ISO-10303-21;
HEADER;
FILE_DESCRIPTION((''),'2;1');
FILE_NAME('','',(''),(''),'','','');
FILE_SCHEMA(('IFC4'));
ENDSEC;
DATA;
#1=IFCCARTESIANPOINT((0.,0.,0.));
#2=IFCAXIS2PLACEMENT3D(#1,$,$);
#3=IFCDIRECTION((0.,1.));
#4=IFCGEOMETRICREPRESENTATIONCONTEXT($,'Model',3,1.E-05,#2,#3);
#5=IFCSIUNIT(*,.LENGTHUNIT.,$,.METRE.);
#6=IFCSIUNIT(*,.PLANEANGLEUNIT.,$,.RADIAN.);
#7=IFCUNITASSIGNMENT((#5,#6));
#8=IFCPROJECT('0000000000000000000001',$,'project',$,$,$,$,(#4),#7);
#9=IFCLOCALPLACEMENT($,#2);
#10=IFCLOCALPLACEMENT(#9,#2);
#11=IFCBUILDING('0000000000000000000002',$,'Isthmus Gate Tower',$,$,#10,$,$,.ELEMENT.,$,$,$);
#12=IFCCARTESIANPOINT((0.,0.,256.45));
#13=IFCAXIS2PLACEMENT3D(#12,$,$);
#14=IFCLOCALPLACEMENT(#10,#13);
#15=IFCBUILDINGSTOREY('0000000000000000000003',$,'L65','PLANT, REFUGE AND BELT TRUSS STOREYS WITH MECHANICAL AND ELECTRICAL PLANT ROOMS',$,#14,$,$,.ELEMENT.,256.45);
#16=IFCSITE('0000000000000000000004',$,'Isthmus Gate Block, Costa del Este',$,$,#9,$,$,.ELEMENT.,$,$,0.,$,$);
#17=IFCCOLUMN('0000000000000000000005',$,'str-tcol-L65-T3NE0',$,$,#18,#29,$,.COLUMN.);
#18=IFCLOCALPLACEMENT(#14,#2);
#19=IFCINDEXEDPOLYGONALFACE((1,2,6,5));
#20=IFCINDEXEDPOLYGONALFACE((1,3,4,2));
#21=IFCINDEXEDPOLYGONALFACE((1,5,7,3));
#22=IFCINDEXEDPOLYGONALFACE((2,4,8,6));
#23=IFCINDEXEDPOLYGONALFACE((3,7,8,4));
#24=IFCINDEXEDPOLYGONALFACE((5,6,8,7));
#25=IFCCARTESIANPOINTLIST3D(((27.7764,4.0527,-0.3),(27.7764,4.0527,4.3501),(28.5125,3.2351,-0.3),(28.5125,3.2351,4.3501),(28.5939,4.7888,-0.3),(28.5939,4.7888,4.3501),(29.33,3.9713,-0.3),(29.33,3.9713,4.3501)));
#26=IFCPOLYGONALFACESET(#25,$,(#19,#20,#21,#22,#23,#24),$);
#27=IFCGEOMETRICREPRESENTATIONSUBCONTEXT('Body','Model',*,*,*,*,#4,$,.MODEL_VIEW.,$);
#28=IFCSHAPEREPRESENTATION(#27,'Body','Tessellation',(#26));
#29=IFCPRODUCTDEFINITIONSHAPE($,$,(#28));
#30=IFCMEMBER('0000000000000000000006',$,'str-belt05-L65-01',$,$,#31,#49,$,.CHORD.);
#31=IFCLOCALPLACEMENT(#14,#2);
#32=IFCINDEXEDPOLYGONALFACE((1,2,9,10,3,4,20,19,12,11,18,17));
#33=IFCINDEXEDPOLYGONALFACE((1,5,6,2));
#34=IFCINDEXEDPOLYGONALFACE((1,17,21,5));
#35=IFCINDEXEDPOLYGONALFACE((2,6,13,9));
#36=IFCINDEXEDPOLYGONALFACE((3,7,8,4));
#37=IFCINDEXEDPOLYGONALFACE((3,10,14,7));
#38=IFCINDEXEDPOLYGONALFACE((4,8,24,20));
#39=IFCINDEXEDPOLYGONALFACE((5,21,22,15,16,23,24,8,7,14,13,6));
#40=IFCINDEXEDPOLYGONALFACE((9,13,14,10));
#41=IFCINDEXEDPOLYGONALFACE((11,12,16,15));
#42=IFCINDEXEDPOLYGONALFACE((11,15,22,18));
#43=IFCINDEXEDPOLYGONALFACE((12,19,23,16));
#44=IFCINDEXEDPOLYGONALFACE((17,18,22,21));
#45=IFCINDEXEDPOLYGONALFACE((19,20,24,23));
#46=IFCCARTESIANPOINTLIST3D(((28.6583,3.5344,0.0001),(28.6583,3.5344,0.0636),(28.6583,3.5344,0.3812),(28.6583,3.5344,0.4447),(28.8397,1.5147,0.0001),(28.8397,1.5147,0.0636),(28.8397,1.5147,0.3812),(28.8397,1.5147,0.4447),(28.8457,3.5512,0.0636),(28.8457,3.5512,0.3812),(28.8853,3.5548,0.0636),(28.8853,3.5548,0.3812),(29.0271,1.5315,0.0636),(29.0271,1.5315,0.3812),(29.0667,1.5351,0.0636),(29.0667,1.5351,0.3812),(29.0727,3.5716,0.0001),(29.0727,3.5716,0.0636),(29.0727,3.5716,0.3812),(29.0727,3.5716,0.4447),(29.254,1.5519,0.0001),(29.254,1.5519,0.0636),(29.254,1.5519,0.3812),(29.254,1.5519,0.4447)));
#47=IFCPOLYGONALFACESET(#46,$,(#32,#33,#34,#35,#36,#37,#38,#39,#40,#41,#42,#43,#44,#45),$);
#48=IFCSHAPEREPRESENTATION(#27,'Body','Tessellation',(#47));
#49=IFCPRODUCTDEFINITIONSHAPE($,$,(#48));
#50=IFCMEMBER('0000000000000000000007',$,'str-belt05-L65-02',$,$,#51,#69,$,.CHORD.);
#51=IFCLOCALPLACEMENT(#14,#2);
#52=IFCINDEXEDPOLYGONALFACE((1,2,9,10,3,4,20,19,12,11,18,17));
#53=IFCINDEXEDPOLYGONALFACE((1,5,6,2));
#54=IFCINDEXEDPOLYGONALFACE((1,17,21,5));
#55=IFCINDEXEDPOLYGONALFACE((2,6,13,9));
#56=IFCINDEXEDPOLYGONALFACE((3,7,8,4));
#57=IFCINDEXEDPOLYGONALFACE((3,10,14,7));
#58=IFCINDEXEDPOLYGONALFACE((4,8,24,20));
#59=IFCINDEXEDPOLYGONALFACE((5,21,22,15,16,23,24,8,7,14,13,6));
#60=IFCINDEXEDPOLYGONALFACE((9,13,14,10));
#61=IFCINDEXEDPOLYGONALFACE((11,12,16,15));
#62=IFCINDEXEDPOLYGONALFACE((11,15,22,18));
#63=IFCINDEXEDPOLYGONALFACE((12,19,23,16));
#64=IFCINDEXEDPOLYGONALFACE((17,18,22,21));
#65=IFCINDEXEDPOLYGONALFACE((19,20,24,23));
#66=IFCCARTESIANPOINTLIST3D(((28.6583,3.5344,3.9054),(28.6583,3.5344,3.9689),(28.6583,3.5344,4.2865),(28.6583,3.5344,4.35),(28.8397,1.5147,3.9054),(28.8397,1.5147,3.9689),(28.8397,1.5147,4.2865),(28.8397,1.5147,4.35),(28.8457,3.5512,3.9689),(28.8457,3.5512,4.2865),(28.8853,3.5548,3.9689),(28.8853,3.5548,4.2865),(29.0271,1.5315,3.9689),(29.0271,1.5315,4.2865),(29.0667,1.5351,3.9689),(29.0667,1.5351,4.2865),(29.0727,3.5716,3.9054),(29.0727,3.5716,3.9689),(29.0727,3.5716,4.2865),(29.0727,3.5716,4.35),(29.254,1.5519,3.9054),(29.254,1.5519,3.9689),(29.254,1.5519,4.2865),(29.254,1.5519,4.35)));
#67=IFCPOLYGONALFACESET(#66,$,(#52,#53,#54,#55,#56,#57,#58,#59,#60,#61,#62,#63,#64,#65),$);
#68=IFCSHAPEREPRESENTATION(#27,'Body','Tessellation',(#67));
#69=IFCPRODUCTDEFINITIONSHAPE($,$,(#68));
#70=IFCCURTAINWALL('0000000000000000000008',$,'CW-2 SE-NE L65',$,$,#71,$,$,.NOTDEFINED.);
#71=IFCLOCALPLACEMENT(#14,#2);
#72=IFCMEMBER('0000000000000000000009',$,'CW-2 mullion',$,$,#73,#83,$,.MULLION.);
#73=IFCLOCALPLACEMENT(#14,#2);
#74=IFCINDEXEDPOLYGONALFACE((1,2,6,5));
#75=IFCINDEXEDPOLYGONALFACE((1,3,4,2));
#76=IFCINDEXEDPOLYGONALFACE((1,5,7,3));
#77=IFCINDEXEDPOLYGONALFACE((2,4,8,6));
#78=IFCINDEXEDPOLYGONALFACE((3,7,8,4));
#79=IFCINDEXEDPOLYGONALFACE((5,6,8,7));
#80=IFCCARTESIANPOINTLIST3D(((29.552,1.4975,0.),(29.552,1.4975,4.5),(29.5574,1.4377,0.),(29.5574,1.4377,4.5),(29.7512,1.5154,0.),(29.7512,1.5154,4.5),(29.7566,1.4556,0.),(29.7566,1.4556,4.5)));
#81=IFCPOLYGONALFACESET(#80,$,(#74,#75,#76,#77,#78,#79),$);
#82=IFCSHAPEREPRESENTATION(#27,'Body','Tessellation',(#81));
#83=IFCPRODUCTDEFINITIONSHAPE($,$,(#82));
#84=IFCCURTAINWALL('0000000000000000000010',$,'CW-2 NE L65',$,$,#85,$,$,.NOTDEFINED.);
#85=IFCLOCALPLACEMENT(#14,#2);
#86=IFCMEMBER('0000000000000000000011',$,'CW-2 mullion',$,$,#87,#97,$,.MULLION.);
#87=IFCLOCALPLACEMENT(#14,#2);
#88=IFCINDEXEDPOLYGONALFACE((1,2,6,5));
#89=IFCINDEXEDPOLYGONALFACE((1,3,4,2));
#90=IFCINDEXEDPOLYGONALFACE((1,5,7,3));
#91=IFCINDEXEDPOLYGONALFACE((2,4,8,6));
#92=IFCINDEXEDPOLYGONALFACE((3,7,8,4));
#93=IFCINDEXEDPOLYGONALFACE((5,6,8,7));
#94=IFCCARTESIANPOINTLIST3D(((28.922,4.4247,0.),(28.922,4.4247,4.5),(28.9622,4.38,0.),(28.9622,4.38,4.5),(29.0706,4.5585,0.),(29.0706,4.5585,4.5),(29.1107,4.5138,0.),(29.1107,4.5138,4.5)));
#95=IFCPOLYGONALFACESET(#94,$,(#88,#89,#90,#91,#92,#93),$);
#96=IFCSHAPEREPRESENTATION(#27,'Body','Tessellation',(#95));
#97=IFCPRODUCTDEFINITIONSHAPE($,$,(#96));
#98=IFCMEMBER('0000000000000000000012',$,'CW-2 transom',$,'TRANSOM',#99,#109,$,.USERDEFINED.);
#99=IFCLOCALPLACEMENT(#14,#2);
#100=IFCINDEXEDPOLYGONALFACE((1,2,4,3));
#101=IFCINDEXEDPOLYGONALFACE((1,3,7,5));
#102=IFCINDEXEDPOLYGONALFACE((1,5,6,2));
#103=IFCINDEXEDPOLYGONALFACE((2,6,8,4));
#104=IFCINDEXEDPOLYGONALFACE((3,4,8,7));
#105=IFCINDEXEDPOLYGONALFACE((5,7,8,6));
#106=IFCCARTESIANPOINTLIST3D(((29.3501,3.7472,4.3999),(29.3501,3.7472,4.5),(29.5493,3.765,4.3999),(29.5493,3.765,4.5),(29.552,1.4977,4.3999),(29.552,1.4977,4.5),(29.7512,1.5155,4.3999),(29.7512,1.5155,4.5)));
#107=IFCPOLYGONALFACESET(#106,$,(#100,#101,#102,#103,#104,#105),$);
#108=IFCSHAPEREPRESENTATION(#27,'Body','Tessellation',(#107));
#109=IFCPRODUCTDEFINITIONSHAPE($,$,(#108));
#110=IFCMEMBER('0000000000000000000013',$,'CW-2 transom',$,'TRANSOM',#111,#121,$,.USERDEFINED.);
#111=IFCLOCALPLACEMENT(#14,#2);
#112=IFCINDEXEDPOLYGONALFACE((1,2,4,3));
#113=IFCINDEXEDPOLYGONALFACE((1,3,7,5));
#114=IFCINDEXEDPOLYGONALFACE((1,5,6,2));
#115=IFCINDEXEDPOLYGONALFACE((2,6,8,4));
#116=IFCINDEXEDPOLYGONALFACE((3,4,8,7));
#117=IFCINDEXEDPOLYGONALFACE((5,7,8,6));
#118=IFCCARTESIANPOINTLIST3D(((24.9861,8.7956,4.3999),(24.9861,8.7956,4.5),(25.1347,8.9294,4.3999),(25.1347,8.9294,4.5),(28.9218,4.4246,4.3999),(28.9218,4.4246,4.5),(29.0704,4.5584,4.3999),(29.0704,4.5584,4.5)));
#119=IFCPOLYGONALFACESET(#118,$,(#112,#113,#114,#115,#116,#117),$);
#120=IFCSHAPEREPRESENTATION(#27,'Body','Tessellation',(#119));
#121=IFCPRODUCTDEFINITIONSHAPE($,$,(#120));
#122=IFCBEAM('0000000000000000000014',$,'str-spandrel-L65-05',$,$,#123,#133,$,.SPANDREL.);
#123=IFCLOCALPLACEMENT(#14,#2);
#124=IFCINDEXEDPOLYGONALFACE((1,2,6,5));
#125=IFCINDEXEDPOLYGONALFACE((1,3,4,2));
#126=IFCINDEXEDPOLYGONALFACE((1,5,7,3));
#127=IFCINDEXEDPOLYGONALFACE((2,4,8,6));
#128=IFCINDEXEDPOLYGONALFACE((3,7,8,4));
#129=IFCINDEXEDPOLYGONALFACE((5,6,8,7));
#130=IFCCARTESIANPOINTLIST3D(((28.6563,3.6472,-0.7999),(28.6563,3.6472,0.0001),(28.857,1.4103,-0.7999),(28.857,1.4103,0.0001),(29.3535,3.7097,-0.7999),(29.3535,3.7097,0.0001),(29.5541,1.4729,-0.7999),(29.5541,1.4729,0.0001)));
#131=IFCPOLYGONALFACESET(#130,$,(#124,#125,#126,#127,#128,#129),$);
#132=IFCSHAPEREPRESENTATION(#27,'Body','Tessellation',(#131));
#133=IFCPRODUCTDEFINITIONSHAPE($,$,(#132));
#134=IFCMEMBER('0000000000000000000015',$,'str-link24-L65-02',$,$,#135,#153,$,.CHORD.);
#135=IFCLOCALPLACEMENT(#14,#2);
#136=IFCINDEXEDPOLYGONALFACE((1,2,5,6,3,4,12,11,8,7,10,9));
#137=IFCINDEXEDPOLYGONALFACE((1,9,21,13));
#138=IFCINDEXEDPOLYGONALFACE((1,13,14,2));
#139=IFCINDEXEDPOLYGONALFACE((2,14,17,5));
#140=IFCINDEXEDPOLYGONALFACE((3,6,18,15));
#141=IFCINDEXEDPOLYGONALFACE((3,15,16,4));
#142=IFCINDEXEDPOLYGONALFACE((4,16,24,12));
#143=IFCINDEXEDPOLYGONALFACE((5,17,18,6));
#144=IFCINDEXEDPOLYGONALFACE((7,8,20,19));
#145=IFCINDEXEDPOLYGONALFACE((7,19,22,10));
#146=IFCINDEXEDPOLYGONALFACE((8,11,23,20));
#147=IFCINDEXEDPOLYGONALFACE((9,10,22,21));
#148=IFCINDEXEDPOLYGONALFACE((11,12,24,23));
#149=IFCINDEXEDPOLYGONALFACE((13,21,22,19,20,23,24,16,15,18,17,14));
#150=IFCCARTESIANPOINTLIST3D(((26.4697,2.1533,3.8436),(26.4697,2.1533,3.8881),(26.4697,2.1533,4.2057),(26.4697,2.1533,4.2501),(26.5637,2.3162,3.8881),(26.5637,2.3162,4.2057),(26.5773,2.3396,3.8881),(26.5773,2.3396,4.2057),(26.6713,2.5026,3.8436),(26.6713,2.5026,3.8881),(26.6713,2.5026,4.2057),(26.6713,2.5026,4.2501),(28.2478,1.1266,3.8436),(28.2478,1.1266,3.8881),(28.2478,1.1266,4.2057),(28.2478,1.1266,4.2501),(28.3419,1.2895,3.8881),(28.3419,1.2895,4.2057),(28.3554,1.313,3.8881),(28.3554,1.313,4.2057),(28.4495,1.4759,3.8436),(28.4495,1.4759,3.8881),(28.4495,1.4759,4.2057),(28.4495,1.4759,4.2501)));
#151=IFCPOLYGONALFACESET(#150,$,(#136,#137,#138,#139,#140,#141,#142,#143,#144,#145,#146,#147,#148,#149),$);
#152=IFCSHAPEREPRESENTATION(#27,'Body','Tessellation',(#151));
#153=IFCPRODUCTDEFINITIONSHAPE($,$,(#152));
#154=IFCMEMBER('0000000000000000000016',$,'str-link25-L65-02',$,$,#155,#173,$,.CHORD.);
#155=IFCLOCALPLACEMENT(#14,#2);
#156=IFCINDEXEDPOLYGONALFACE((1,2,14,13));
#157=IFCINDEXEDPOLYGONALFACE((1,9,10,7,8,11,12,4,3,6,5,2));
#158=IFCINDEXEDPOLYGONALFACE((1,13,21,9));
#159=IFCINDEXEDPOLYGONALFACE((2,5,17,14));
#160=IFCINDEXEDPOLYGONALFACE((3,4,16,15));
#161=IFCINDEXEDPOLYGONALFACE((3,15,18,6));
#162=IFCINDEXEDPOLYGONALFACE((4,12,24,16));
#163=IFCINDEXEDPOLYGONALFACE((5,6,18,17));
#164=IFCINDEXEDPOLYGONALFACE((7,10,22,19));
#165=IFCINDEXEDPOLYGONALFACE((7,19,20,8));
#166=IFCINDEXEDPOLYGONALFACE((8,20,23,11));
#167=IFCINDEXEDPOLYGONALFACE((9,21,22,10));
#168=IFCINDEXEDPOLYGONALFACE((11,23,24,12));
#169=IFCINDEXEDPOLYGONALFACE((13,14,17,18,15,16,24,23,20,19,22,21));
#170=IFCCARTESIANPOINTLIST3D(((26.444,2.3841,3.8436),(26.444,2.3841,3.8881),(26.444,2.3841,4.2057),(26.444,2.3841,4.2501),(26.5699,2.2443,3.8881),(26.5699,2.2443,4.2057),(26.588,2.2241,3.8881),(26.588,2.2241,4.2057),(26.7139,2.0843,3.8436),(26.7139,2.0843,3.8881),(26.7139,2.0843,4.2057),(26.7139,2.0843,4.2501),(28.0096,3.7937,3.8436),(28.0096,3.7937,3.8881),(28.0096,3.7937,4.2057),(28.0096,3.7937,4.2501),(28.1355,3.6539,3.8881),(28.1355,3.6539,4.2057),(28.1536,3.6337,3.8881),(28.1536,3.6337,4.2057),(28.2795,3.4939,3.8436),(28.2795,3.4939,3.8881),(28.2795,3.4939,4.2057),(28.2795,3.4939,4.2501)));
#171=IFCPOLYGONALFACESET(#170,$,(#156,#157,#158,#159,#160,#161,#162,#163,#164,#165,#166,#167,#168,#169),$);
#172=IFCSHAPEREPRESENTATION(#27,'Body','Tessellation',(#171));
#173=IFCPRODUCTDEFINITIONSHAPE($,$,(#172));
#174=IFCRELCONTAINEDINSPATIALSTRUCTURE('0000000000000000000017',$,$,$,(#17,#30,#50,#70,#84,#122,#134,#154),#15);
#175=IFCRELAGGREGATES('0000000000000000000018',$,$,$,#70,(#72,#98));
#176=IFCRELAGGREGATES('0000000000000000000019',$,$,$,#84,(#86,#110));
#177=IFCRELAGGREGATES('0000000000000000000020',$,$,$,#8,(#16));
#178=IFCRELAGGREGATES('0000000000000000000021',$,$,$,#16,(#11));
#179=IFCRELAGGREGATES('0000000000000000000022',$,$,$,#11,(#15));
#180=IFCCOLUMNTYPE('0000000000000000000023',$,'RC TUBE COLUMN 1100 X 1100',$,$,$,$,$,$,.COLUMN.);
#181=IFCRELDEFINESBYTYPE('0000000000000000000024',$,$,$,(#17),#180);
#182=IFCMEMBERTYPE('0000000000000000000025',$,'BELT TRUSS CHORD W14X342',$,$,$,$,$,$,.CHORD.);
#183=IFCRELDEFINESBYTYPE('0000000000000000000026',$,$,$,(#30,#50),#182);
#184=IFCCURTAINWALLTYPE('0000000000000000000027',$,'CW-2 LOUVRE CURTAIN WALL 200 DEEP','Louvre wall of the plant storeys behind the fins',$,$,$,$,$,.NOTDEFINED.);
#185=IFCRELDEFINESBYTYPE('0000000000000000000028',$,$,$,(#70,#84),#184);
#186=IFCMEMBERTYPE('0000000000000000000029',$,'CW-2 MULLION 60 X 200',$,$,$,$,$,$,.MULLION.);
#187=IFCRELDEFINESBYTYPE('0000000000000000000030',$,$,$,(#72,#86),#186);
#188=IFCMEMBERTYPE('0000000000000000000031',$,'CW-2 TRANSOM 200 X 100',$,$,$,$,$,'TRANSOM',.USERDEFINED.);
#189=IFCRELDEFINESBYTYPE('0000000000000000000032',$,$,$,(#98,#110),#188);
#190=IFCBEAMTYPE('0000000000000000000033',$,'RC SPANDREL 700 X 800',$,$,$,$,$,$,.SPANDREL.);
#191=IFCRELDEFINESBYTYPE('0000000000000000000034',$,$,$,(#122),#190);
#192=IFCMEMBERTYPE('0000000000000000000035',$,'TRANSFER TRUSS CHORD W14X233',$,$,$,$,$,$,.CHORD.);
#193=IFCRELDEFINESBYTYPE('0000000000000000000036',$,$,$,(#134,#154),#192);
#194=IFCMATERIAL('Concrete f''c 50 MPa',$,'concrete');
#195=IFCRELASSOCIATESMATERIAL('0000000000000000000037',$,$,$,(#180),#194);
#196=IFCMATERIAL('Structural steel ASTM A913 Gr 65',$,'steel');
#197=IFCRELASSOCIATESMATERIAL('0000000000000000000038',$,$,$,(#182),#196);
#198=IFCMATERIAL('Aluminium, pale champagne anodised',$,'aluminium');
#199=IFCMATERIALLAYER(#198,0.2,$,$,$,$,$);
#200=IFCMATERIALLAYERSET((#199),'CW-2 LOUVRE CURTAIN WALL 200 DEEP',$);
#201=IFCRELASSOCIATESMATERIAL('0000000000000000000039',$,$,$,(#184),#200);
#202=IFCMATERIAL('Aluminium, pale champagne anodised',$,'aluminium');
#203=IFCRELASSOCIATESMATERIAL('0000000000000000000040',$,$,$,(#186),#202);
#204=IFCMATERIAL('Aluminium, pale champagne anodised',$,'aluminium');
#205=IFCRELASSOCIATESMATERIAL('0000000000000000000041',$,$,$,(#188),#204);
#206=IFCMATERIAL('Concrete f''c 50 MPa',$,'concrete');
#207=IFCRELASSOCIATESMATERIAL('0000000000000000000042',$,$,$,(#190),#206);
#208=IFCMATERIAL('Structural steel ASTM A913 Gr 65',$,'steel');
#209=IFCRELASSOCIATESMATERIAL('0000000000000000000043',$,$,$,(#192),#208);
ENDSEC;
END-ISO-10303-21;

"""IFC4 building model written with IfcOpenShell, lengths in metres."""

from ifc_helpers import new_model, si_unit, direction, frame, origin, origin_2d, place, context, subcontext, project, spatial, rectangle, i_section, extrude, material, layer, layer_set, material_profile, profile_set, type_object, element, aggregate, save


model = new_model("IFC4")

# Units and contexts
model_context = context("Model", 3, precision=1e-05, world=origin(), true_north=direction((0.0, 1.0)))
body_context = subcontext(model_context, "Body", "Model", "MODEL_VIEW")
ifc_project = project(units=[si_unit("LENGTHUNIT", "METRE"), si_unit("PLANEANGLEUNIT", "RADIAN")], contexts=[model_context])

# Site, building, storey
site_placement = place(None, origin())
site = spatial("IfcSite", under=ifc_project, at=site_placement, Name="Isthmus Gate Block, Costa del Este", CompositionType="ELEMENT", RefElevation=0.0)
building_placement = place(site_placement, origin())
building = spatial("IfcBuilding", under=site, at=building_placement, Name="Isthmus Gate Tower", CompositionType="ELEMENT")
storey_placement = place(building_placement, frame((0.0, 0.0, 256.45)))
storey = spatial("IfcBuildingStorey", under=building, at=storey_placement, Name="L65", Description="PLANT, REFUGE AND BELT TRUSS STOREYS WITH MECHANICAL AND ELECTRICAL PLANT ROOMS", CompositionType="ELEMENT", Elevation=256.45)

# Column
ifc_material_1 = material(Name="Concrete f'c 50 MPa", Category="concrete")
ifc_material_profile_1 = material_profile(ifc_material_1, rectangle(XDim=1.1001, YDim=1.1001, at=origin_2d()), Name="RC 1100X1100")
ifc_profile_set_1 = profile_set([ifc_material_profile_1], Name="Concrete f'c 50 MPa")
column_type = type_object("IfcColumnType", Name="RC TUBE COLUMN 1100 X 1100", PredefinedType="COLUMN", material=ifc_profile_set_1)
column_placement = place(storey_placement, frame((28.5532, 4.012, -0.3), z_axis=(0.0, 0.0, 1.0), x_axis=(-0.669131, 0.743145, 0.0)))
element("IfcColumn", 1, at=column_placement, inside=storey, type_object=column_type, Name="str-tcol-L65-T3NE0", PredefinedType="COLUMN", context=body_context, shape_type="SweptSolid", body=[
    extrude(rectangle(XDim=1.1001, YDim=1.1001, at=origin_2d()), origin(), (0.0, 0.0, 1.0), 4.6501),
])

# Members
ifc_material_2 = material(Name="Structural steel ASTM A913 Gr 65", Category="steel")
ifc_material_profile_2 = material_profile(ifc_material_2, i_section(OverallWidth=0.416, OverallDepth=0.4446, WebThickness=0.0398, FlangeThickness=0.0635, at=origin_2d()), Name="W14X342")
ifc_profile_set_2 = profile_set([ifc_material_profile_2], Name="Structural steel ASTM A913 Gr 65")
member_type_1 = type_object("IfcMemberType", Name="BELT TRUSS CHORD W14X342", PredefinedType="CHORD", material=ifc_profile_set_2)
for number, where, z_axis, x_axis, name in (
    (2, (28.8655, 3.553, 0.2224), (0.08945, -0.995991, 0.0), (0.995991, 0.08945, 0.0), "str-belt05-L65-01"),
    (3, (28.8655, 3.553, 4.1277), (0.08945, -0.995991, 0.0), (0.995991, 0.08945, 0.0), "str-belt05-L65-02"),
):
    element("IfcMember", number, at=place(storey_placement, frame(where, z_axis=z_axis, x_axis=x_axis)), inside=storey, type_object=member_type_1, Name=name, PredefinedType="CHORD", context=body_context, shape_type="SweptSolid", body=[
        extrude(i_section(OverallWidth=0.416, OverallDepth=0.4446, WebThickness=0.0398, FlangeThickness=0.0635, at=origin_2d()), origin(), (0.0, 0.0, 1.0), 2.0278),
    ])

# Curtain walls, members
ifc_material_3 = material(Name="Aluminium, pale champagne anodised", Category="aluminium")
ifc_layer_1 = layer(ifc_material_3, 0.2)
ifc_layer_set_1 = layer_set([ifc_layer_1], Name="CW-2 LOUVRE CURTAIN WALL 200 DEEP")
curtain_wall_type = type_object("IfcCurtainWallType", Name="CW-2 LOUVRE CURTAIN WALL 200 DEEP", Description="Louvre wall of the plant storeys behind the fins", PredefinedType="NOTDEFINED", material=ifc_layer_set_1)
curtain_wall_1_placement = place(storey_placement, origin())
curtain_wall_1 = element("IfcCurtainWall", 4, at=curtain_wall_1_placement, inside=storey, type_object=curtain_wall_type, Name="CW-2 SE-NE L65", PredefinedType="NOTDEFINED")
ifc_material_4 = material(Name="Aluminium, pale champagne anodised", Category="aluminium")
ifc_material_profile_3 = material_profile(ifc_material_4, rectangle(XDim=0.0601, YDim=0.2, at=origin_2d()), Name="60x200")
ifc_profile_set_3 = profile_set([ifc_material_profile_3], Name="Aluminium, pale champagne anodised")
member_type_2 = type_object("IfcMemberType", Name="CW-2 MULLION 60 X 200", PredefinedType="MULLION", material=ifc_profile_set_3)
member_1_placement = place(storey_placement, frame((29.6543, 1.4766, 0.0), z_axis=(0.0, 0.0, 1.0), x_axis=(-0.089397, 0.995996, 0.0)))
member_1 = element("IfcMember", 5, at=member_1_placement, type_object=member_type_2, Name="CW-2 mullion", PredefinedType="MULLION", context=body_context, shape_type="SweptSolid", body=[
    extrude(rectangle(XDim=0.0601, YDim=0.2, at=origin_2d()), origin(), (0.0, 0.0, 1.0), 4.5),
])
curtain_wall_2_placement = place(storey_placement, origin())
curtain_wall_2 = element("IfcCurtainWall", 6, at=curtain_wall_2_placement, inside=storey, type_object=curtain_wall_type, Name="CW-2 NE L65", PredefinedType="NOTDEFINED")
member_2_placement = place(storey_placement, frame((29.0164, 4.4692, 0.0), z_axis=(0.0, 0.0, 1.0), x_axis=(-0.669131, 0.743145, 0.0)))
member_2 = element("IfcMember", 7, at=member_2_placement, type_object=member_type_2, Name="CW-2 mullion", PredefinedType="MULLION", context=body_context, shape_type="SweptSolid", body=[
    extrude(rectangle(XDim=0.0601, YDim=0.2, at=origin_2d()), origin(), (0.0, 0.0, 1.0), 4.5),
])

# Members
ifc_material_5 = material(Name="Aluminium, pale champagne anodised", Category="aluminium")
ifc_material_profile_4 = material_profile(ifc_material_5, rectangle(XDim=0.2, YDim=0.1001, at=origin_2d()), Name="200x100")
ifc_profile_set_4 = profile_set([ifc_material_profile_4], Name="Aluminium, pale champagne anodised")
member_type_3 = type_object("IfcMemberType", Name="CW-2 TRANSOM 200 X 100", ElementType="TRANSOM", PredefinedType="USERDEFINED", material=ifc_profile_set_4)
member_3_placement = place(storey_placement, frame((29.6516, 1.5066, 4.45), z_axis=(-0.089395, 0.995996, 0.0), x_axis=(-0.995996, -0.089395, 0.0)))
member_3 = element("IfcMember", 8, at=member_3_placement, type_object=member_type_3, Name="CW-2 transom", ObjectType="TRANSOM", PredefinedType="USERDEFINED", context=body_context, shape_type="SweptSolid", body=[
    extrude(rectangle(XDim=0.2, YDim=0.1001, at=origin_2d()), origin(), (0.0, 0.0, 1.0), 2.2585),
])
member_4_placement = place(storey_placement, frame((28.9961, 4.4915, 4.45), z_axis=(-0.669134, 0.743141, 0.0), x_axis=(-0.743141, -0.669134, 0.0)))
member_4 = element("IfcMember", 9, at=member_4_placement, type_object=member_type_3, Name="CW-2 transom", ObjectType="TRANSOM", PredefinedType="USERDEFINED", context=body_context, shape_type="SweptSolid", body=[
    extrude(rectangle(XDim=0.2, YDim=0.1001, at=origin_2d()), origin(), (0.0, 0.0, 1.0), 5.8818),
])

# Beam
ifc_material_6 = material(Name="Concrete f'c 50 MPa", Category="concrete")
ifc_material_profile_5 = material_profile(ifc_material_6, rectangle(XDim=0.7, YDim=0.8, at=origin_2d()), Name="RC 700X800")
ifc_profile_set_5 = profile_set([ifc_material_profile_5], Name="Concrete f'c 50 MPa")
beam_type = type_object("IfcBeamType", Name="RC SPANDREL 700 X 800", PredefinedType="SPANDREL", material=ifc_profile_set_5)
beam_placement = place(storey_placement, frame((29.0049, 3.6785, -0.3999), z_axis=(0.089359, -0.995999, 0.0), x_axis=(0.995999, 0.089359, 0.0)))
element("IfcBeam", 10, at=beam_placement, inside=storey, type_object=beam_type, Name="str-spandrel-L65-05", PredefinedType="SPANDREL", context=body_context, shape_type="SweptSolid", body=[
    extrude(rectangle(XDim=0.7, YDim=0.8, at=origin_2d()), origin(), (0.0, 0.0, 1.0), 2.2458),
])

# Members
ifc_material_7 = material(Name="Structural steel ASTM A913 Gr 65", Category="steel")
ifc_material_profile_6 = material_profile(ifc_material_7, i_section(OverallWidth=0.4033, OverallDepth=0.4065, WebThickness=0.0271, FlangeThickness=0.0444, at=origin_2d()), Name="W14X233")
ifc_profile_set_6 = profile_set([ifc_material_profile_6], Name="Structural steel ASTM A913 Gr 65")
member_type_4 = type_object("IfcMemberType", Name="TRANSFER TRUSS CHORD W14X233", PredefinedType="CHORD", material=ifc_profile_set_6)
member_5_placement = place(storey_placement, frame((28.3486, 1.3013, 4.0469), z_axis=(-0.866017, 0.500014, 0.0), x_axis=(-0.500014, -0.866017, 0.0)))
element("IfcMember", 11, at=member_5_placement, inside=storey, type_object=member_type_4, Name="str-link24-L65-02", PredefinedType="CHORD", context=body_context, shape_type="SweptSolid", body=[
    extrude(i_section(OverallWidth=0.4033, OverallDepth=0.4065, WebThickness=0.0271, FlangeThickness=0.0444, at=origin_2d()), origin(), (0.0, 0.0, 1.0), 2.0532),
])
member_6_placement = place(storey_placement, frame((28.1445, 3.6438, 4.0469), z_axis=(-0.743162, -0.669112, 0.0), x_axis=(0.669112, -0.743162, 0.0)))
element("IfcMember", 12, at=member_6_placement, inside=storey, type_object=member_type_4, Name="str-link25-L65-02", PredefinedType="CHORD", context=body_context, shape_type="SweptSolid", body=[
    extrude(i_section(OverallWidth=0.4033, OverallDepth=0.4065, WebThickness=0.0271, FlangeThickness=0.0444, at=origin_2d()), origin(), (0.0, 0.0, 1.0), 2.1067),
])

aggregate(curtain_wall_1, [member_1, member_3])
aggregate(curtain_wall_2, [member_2, member_4])

save(model, "model.ifc")
